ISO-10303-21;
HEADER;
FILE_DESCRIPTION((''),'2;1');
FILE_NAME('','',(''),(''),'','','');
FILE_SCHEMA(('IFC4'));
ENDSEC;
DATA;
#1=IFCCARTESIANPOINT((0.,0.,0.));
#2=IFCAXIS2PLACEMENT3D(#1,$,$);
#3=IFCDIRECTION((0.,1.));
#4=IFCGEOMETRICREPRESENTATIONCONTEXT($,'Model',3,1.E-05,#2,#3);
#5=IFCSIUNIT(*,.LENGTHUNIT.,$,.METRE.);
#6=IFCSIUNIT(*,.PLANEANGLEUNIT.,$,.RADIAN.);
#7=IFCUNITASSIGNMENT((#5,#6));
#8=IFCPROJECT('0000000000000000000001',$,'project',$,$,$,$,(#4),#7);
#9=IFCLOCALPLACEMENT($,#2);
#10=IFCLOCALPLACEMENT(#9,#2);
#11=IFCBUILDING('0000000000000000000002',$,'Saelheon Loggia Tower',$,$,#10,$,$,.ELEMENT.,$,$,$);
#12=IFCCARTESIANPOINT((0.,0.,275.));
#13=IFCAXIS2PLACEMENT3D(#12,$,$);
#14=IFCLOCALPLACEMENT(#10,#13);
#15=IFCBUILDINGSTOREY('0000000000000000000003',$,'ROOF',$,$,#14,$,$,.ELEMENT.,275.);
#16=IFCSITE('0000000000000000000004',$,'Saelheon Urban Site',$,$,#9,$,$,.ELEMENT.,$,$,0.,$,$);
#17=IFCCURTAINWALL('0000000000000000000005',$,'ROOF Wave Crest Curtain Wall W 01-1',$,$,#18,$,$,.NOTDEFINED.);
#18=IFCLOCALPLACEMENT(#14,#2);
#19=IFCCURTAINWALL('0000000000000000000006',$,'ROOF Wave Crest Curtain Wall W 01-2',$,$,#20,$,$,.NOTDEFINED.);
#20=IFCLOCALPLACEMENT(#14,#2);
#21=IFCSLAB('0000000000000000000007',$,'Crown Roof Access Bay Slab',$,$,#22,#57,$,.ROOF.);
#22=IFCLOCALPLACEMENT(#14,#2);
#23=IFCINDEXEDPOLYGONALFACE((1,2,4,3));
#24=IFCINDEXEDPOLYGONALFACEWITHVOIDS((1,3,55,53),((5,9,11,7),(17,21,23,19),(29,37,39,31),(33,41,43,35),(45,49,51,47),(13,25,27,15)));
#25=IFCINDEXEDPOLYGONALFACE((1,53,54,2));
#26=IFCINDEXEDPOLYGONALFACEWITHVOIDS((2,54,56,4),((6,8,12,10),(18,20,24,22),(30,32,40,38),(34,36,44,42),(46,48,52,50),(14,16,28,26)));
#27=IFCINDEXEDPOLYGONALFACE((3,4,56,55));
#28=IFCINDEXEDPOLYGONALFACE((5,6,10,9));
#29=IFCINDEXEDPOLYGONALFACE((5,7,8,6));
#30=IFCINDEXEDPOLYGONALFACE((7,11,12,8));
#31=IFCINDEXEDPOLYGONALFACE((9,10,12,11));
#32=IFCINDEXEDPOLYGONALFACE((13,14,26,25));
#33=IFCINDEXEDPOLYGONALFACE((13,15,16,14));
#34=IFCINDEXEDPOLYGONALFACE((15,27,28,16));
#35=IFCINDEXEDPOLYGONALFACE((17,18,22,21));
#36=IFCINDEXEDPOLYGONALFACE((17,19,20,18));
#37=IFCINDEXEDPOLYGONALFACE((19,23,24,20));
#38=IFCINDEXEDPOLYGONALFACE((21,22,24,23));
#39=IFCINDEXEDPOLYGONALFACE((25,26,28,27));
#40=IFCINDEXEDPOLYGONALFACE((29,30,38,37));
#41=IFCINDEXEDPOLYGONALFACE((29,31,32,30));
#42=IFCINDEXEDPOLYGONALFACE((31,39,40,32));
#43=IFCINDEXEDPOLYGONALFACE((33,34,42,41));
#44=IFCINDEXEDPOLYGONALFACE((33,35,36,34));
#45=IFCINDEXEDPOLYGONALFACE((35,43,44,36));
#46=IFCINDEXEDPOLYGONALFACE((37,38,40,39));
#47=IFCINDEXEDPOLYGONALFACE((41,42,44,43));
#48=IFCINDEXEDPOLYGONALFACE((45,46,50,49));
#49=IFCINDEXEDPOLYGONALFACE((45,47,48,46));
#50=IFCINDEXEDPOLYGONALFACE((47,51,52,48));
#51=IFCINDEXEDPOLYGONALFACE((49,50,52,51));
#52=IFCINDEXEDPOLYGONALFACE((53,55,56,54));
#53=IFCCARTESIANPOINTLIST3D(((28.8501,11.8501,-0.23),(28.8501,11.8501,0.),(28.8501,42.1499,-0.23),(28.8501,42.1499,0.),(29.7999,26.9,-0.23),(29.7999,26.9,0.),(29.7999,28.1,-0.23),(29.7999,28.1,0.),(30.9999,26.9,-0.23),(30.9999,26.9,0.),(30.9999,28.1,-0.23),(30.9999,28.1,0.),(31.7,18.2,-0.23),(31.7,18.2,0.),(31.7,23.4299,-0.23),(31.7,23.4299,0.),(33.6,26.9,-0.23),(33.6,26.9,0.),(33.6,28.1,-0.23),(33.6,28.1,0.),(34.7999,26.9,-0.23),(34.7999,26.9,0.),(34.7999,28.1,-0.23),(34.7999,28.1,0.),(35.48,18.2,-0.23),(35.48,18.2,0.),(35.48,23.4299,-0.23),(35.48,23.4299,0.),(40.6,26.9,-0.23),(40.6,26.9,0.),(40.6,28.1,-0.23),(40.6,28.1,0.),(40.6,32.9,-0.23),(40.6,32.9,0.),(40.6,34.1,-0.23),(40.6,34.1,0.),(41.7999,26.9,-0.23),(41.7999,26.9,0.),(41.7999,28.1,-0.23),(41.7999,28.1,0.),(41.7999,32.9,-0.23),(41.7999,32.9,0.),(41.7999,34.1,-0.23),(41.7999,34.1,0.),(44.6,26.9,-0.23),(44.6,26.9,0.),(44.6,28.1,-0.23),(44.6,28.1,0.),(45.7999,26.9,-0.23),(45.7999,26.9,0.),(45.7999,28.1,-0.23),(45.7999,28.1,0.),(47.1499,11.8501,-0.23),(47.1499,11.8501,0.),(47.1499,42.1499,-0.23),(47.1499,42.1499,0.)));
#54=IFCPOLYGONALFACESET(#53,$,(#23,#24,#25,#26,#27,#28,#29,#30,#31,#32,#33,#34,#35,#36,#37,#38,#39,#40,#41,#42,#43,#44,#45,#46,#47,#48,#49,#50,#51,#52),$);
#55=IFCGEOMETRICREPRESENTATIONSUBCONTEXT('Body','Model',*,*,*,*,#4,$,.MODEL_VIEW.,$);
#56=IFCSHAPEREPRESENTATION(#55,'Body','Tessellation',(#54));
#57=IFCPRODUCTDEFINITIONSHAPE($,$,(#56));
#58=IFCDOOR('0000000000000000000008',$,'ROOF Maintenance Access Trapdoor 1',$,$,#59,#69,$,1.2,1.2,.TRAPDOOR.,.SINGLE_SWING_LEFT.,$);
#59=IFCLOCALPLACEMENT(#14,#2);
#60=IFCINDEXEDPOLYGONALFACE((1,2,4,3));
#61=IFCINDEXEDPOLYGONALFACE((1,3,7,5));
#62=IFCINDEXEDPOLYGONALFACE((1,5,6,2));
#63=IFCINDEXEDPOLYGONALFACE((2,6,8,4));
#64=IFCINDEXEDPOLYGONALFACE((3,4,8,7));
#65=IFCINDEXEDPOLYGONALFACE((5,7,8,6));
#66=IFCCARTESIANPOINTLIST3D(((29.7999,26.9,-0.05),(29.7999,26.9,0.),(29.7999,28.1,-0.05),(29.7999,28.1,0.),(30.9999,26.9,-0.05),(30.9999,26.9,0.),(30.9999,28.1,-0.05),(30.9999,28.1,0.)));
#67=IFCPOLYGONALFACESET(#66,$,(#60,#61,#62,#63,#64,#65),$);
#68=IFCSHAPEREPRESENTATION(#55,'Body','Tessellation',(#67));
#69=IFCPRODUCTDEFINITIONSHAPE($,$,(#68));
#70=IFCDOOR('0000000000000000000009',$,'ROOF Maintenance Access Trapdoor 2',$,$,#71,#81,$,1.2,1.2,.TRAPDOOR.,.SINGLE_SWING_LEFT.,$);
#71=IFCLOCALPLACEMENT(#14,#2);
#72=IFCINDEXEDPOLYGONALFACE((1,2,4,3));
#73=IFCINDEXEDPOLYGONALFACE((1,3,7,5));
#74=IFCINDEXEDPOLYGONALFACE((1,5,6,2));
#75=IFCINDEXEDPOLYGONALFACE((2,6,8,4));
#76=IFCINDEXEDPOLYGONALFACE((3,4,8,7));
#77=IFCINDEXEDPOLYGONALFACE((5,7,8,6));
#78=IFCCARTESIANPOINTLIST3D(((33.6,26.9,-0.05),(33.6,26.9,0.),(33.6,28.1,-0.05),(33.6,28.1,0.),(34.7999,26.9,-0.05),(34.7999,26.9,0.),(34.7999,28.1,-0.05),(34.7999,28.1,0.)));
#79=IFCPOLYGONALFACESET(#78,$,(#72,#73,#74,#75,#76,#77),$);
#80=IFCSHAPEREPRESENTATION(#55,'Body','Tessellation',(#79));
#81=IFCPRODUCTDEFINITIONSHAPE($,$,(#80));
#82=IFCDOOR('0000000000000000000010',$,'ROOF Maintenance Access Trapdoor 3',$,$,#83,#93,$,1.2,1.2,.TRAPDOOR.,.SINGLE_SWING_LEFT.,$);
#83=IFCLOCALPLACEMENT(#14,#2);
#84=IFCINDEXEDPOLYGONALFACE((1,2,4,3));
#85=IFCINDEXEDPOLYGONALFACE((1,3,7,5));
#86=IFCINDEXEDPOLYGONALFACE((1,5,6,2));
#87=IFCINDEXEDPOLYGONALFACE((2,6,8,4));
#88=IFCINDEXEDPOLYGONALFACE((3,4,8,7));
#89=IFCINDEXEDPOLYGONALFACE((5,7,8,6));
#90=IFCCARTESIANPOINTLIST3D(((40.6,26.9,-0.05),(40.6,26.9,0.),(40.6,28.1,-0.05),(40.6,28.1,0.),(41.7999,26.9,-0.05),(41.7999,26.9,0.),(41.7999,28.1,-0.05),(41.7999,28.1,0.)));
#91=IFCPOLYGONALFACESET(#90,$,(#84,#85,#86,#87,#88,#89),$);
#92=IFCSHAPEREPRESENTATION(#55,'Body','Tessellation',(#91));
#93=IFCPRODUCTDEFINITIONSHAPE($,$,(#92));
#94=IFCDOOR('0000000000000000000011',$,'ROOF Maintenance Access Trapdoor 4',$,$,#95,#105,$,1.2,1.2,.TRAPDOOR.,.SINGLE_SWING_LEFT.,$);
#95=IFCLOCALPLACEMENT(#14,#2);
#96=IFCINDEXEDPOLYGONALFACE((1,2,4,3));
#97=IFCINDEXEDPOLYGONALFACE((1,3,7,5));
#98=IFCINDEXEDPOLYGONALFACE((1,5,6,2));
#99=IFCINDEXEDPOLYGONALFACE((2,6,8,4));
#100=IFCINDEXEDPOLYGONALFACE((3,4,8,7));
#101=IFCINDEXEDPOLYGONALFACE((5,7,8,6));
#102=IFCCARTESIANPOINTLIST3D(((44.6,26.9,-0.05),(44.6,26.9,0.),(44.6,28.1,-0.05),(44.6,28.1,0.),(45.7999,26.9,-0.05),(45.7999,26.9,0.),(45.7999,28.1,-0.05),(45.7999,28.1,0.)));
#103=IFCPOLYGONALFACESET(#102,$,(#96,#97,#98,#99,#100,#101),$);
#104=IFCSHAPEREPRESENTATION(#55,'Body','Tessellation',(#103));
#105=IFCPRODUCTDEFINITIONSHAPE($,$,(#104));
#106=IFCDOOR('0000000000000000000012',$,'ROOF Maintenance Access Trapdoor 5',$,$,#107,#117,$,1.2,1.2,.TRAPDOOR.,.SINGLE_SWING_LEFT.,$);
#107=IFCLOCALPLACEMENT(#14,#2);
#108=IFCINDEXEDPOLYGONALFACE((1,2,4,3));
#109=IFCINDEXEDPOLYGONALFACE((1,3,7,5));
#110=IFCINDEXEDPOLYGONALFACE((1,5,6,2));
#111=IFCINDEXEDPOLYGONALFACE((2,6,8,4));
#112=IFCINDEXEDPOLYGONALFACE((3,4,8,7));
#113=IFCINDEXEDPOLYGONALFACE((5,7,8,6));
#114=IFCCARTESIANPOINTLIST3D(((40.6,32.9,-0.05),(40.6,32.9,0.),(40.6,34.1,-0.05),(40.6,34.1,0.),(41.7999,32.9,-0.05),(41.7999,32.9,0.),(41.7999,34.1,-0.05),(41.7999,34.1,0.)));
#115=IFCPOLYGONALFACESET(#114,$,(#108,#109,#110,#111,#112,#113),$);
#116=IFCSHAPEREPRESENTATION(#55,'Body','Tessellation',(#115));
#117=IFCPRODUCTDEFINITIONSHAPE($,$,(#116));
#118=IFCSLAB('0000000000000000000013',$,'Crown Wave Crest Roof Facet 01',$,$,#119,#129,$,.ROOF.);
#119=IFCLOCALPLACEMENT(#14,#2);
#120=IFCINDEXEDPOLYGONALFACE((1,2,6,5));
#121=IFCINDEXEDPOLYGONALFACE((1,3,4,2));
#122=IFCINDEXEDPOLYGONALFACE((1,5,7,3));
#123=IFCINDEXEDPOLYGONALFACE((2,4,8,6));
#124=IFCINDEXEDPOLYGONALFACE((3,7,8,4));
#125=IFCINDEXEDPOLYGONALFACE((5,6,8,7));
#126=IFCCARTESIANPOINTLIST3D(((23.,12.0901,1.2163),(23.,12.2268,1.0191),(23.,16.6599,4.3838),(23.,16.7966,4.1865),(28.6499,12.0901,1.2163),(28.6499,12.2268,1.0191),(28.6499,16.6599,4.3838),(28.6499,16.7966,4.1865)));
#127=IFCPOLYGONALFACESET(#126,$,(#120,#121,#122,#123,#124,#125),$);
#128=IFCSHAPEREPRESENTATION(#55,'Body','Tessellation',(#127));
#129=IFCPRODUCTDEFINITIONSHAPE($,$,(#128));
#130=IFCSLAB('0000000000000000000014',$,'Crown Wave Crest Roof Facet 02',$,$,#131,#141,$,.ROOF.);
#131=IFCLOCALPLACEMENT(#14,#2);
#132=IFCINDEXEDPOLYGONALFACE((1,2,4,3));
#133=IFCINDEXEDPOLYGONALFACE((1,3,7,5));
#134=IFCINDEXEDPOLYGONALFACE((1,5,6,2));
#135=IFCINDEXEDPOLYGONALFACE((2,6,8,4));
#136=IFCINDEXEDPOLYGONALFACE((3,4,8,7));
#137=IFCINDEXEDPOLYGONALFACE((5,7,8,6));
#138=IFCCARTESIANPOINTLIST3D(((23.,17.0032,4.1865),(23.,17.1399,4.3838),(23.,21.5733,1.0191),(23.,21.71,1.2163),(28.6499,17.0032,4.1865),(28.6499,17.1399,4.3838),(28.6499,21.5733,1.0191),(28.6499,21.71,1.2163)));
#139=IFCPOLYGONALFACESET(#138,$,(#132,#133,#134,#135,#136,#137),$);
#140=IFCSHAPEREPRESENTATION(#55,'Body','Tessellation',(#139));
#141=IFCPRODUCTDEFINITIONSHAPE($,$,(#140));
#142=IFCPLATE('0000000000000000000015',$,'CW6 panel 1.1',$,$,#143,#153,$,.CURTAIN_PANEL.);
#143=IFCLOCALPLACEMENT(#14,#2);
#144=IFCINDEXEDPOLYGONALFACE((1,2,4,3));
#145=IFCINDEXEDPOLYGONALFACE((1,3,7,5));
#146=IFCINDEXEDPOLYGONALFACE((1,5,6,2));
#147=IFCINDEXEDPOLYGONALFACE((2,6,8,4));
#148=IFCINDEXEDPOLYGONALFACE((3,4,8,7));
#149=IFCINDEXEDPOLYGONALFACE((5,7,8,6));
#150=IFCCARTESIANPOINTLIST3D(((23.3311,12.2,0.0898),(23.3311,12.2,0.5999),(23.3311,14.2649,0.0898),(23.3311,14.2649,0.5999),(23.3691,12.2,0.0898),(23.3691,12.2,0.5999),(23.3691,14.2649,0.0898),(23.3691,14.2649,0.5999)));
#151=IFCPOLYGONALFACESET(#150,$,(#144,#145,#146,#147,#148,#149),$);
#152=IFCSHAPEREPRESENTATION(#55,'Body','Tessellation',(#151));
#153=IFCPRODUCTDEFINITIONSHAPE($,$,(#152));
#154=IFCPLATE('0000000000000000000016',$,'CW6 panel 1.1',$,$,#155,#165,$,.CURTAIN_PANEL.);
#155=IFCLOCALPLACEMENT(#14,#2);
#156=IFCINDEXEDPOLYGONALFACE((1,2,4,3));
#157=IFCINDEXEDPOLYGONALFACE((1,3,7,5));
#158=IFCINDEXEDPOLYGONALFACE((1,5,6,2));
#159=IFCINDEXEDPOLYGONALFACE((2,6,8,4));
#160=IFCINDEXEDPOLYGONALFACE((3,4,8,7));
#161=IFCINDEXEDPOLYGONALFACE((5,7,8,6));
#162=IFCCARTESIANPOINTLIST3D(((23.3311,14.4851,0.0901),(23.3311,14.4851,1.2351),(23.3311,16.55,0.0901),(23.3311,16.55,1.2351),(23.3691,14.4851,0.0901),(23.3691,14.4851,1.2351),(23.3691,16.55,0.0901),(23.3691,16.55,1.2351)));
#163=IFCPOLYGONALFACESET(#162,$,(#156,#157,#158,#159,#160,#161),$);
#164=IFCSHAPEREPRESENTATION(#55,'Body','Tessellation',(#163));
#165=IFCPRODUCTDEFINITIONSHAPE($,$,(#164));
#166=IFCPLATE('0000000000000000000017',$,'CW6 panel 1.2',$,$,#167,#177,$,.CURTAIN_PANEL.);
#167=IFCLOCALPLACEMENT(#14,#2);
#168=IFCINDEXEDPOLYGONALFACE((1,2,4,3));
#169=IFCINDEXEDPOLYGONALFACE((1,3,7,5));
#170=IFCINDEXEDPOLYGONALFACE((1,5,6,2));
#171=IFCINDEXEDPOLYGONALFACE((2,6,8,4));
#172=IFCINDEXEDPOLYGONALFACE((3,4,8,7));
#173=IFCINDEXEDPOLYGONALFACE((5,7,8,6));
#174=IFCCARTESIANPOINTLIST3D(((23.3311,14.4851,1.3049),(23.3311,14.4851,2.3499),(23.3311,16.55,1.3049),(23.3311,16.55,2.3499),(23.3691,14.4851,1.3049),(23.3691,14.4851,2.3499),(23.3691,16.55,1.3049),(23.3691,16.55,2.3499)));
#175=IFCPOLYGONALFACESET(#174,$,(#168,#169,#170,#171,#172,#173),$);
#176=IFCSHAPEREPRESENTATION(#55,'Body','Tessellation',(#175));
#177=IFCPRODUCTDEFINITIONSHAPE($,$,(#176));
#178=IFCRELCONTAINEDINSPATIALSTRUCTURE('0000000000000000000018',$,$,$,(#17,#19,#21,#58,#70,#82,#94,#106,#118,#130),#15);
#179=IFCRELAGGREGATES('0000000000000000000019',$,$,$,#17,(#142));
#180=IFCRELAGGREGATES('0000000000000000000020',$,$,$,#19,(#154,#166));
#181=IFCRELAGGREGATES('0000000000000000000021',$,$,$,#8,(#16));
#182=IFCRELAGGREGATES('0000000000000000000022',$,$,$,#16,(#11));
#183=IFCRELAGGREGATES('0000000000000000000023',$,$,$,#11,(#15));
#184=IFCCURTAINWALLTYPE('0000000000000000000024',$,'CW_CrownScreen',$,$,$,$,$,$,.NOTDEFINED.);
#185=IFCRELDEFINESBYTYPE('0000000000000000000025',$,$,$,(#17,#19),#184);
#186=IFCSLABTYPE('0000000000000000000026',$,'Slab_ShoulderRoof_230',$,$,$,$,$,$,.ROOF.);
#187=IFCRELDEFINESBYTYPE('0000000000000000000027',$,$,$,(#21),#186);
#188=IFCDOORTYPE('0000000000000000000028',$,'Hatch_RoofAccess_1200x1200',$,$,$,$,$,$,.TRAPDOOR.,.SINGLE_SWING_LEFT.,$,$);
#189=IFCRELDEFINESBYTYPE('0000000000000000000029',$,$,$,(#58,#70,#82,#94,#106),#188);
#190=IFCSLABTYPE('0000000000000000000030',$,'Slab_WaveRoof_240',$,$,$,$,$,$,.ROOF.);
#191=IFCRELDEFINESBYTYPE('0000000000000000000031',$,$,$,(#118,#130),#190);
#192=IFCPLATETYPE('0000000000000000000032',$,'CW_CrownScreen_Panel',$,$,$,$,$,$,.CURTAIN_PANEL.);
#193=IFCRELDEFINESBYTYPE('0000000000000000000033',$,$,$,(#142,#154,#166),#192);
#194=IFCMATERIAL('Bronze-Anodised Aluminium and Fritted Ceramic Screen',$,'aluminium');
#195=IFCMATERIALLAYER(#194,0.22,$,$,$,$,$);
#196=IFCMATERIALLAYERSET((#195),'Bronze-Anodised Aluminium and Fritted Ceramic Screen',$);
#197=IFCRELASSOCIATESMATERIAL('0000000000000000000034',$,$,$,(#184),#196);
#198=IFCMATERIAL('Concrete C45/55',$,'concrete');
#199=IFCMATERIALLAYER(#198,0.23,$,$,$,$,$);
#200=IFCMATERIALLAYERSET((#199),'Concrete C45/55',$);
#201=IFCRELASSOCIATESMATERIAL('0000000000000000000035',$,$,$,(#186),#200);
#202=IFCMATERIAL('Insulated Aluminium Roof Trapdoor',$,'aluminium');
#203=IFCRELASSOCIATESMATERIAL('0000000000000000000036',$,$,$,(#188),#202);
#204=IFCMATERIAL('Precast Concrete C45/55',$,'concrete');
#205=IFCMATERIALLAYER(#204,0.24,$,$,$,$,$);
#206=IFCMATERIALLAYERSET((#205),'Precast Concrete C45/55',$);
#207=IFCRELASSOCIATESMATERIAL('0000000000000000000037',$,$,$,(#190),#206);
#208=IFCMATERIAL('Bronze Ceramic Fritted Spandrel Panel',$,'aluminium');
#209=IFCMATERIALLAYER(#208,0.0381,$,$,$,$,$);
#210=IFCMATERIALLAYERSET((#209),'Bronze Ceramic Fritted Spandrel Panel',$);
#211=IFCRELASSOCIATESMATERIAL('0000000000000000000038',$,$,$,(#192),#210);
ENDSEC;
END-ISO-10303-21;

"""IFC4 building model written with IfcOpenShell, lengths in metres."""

from ifc_helpers import new_model, si_unit, direction, frame, origin, origin_2d, place, context, subcontext, project, spatial, polyline, rectangle, outline, extrude, source, transform, mapped, material, layer, layer_set, type_object, element, fill, aggregate, save


model = new_model("IFC4")

# Units and contexts
model_context = context("Model", 3, precision=1e-05, world=origin(), true_north=direction((0.0, 1.0)))
body_context = subcontext(model_context, "Body", "Model", "MODEL_VIEW")
ifc_project = project(units=[si_unit("LENGTHUNIT", "METRE"), si_unit("PLANEANGLEUNIT", "RADIAN")], contexts=[model_context])

# Site, building, storey
site_placement = place(None, origin())
site = spatial("IfcSite", under=ifc_project, at=site_placement, Name="Saelheon Urban Site", CompositionType="ELEMENT", RefElevation=0.0)
building_placement = place(site_placement, origin())
building = spatial("IfcBuilding", under=site, at=building_placement, Name="Saelheon Loggia Tower", CompositionType="ELEMENT")
storey_placement = place(building_placement, frame((0.0, 0.0, 275.0)))
storey = spatial("IfcBuildingStorey", under=building, at=storey_placement, Name="ROOF", CompositionType="ELEMENT", Elevation=275.0)

# Curtain walls
ifc_material_1 = material(Name="Bronze-Anodised Aluminium and Fritted Ceramic Screen", Category="aluminium")
ifc_layer_1 = layer(ifc_material_1, 0.22)
ifc_layer_set_1 = layer_set([ifc_layer_1], Name="Bronze-Anodised Aluminium and Fritted Ceramic Screen")
curtain_wall_type = type_object("IfcCurtainWallType", Name="CW_CrownScreen", PredefinedType="NOTDEFINED", material=ifc_layer_set_1)
curtain_wall_1_placement = place(storey_placement, origin())
curtain_wall_1 = element("IfcCurtainWall", 1, at=curtain_wall_1_placement, inside=storey, type_object=curtain_wall_type, Name="ROOF Wave Crest Curtain Wall W 01-1", PredefinedType="NOTDEFINED")
curtain_wall_2_placement = place(storey_placement, origin())
curtain_wall_2 = element("IfcCurtainWall", 2, at=curtain_wall_2_placement, inside=storey, type_object=curtain_wall_type, Name="ROOF Wave Crest Curtain Wall W 01-2", PredefinedType="NOTDEFINED")

# Slab, openings, doors
ifc_material_2 = material(Name="Concrete C45/55", Category="concrete")
ifc_layer_2 = layer(ifc_material_2, 0.23)
ifc_layer_set_2 = layer_set([ifc_layer_2], Name="Concrete C45/55")
slab_type_1 = type_object("IfcSlabType", Name="Slab_ShoulderRoof_230", PredefinedType="ROOF", material=ifc_layer_set_2)
slab_1_placement = place(storey_placement, frame((0.0, 0.0, -0.23)))
slab_1 = element("IfcSlab", 3, at=slab_1_placement, inside=storey, type_object=slab_type_1, Name="Crown Roof Access Bay Slab", PredefinedType="ROOF", context=body_context, shape_type="SweptSolid", body=[
    extrude(outline(polyline([(28.8501, 11.8501), (47.1499, 11.8501), (47.1499, 42.1499), (28.8501, 42.1499), (28.8501, 11.8501)]), holes=[polyline([(31.7, 23.4299), (31.7, 18.2), (35.48, 18.2), (35.48, 23.4299), (31.7, 23.4299)])]), origin(), (0.0, 0.0, 1.0), 0.23),
])
opening_1_placement = place(slab_1_placement, frame((30.3999, 27.5, 0.0)))
opening_1 = element("IfcOpeningElement", 4, at=opening_1_placement, cuts=slab_1, PredefinedType="OPENING", context=body_context, shape_type="SweptSolid", body=[
    extrude(rectangle(XDim=1.2, YDim=1.2, at=origin_2d()), frame((0.0, 0.0, -0.012)), (0.0, 0.0, 1.0), 0.2539),
])
opening_2_placement = place(slab_1_placement, frame((34.2, 27.5, 0.0)))
opening_2 = element("IfcOpeningElement", 5, at=opening_2_placement, cuts=slab_1, PredefinedType="OPENING", context=body_context, shape_type="SweptSolid", body=[
    extrude(rectangle(XDim=1.2, YDim=1.2, at=origin_2d()), frame((0.0, 0.0, -0.012)), (0.0, 0.0, 1.0), 0.2539),
])
opening_3_placement = place(slab_1_placement, frame((41.2, 27.5, 0.0)))
opening_3 = element("IfcOpeningElement", 6, at=opening_3_placement, cuts=slab_1, PredefinedType="OPENING", context=body_context, shape_type="SweptSolid", body=[
    extrude(rectangle(XDim=1.2, YDim=1.2, at=origin_2d()), frame((0.0, 0.0, -0.012)), (0.0, 0.0, 1.0), 0.2539),
])
opening_4_placement = place(slab_1_placement, frame((45.2, 27.5, 0.0)))
opening_4 = element("IfcOpeningElement", 7, at=opening_4_placement, cuts=slab_1, PredefinedType="OPENING", context=body_context, shape_type="SweptSolid", body=[
    extrude(rectangle(XDim=1.2, YDim=1.2, at=origin_2d()), frame((0.0, 0.0, -0.012)), (0.0, 0.0, 1.0), 0.2539),
])
opening_5_placement = place(slab_1_placement, frame((41.2, 33.5, 0.0)))
opening_5 = element("IfcOpeningElement", 8, at=opening_5_placement, cuts=slab_1, PredefinedType="OPENING", context=body_context, shape_type="SweptSolid", body=[
    extrude(rectangle(XDim=1.2, YDim=1.2, at=origin_2d()), frame((0.0, 0.0, -0.012)), (0.0, 0.0, 1.0), 0.2539),
])
ifc_material_3 = material(Name="Insulated Aluminium Roof Trapdoor", Category="aluminium")
door_type = type_object("IfcDoorType", Name="Hatch_RoofAccess_1200x1200", OperationType="SINGLE_SWING_LEFT", PredefinedType="TRAPDOOR", material=ifc_material_3)
door_1_placement = place(opening_1_placement, frame((0.0, 0.0, 0.1799)))
door_1 = element("IfcDoor", 9, at=door_1_placement, inside=storey, type_object=door_type, Name="ROOF Maintenance Access Trapdoor 1", OperationType="SINGLE_SWING_LEFT", OverallHeight=1.2, OverallWidth=1.2, PredefinedType="TRAPDOOR", context=body_context, shape_type="SweptSolid", body=[
    extrude(rectangle(XDim=1.2, YDim=1.2, at=origin_2d()), origin(), (0.0, 0.0, 1.0), 0.05),
])
fill(opening_1, door_1)
door_2_placement = place(opening_2_placement, frame((0.0, 0.0, 0.1799)))
door_2 = element("IfcDoor", 10, at=door_2_placement, inside=storey, type_object=door_type, Name="ROOF Maintenance Access Trapdoor 2", OperationType="SINGLE_SWING_LEFT", OverallHeight=1.2, OverallWidth=1.2, PredefinedType="TRAPDOOR", context=body_context, shape_type="SweptSolid", body=[
    extrude(rectangle(XDim=1.2, YDim=1.2, at=origin_2d()), origin(), (0.0, 0.0, 1.0), 0.05),
])
fill(opening_2, door_2)
door_3_placement = place(opening_3_placement, frame((0.0, 0.0, 0.1799)))
door_3 = element("IfcDoor", 11, at=door_3_placement, inside=storey, type_object=door_type, Name="ROOF Maintenance Access Trapdoor 3", OperationType="SINGLE_SWING_LEFT", OverallHeight=1.2, OverallWidth=1.2, PredefinedType="TRAPDOOR", context=body_context, shape_type="SweptSolid", body=[
    extrude(rectangle(XDim=1.2, YDim=1.2, at=origin_2d()), origin(), (0.0, 0.0, 1.0), 0.05),
])
fill(opening_3, door_3)
door_4_placement = place(opening_4_placement, frame((0.0, 0.0, 0.1799)))
door_4 = element("IfcDoor", 12, at=door_4_placement, inside=storey, type_object=door_type, Name="ROOF Maintenance Access Trapdoor 4", OperationType="SINGLE_SWING_LEFT", OverallHeight=1.2, OverallWidth=1.2, PredefinedType="TRAPDOOR", context=body_context, shape_type="SweptSolid", body=[
    extrude(rectangle(XDim=1.2, YDim=1.2, at=origin_2d()), origin(), (0.0, 0.0, 1.0), 0.05),
])
fill(opening_4, door_4)
door_5_placement = place(opening_5_placement, frame((0.0, 0.0, 0.1799)))
door_5 = element("IfcDoor", 13, at=door_5_placement, inside=storey, type_object=door_type, Name="ROOF Maintenance Access Trapdoor 5", OperationType="SINGLE_SWING_LEFT", OverallHeight=1.2, OverallWidth=1.2, PredefinedType="TRAPDOOR", context=body_context, shape_type="SweptSolid", body=[
    extrude(rectangle(XDim=1.2, YDim=1.2, at=origin_2d()), origin(), (0.0, 0.0, 1.0), 0.05),
])
fill(opening_5, door_5)

# Slabs
ifc_material_4 = material(Name="Precast Concrete C45/55", Category="concrete")
ifc_layer_3 = layer(ifc_material_4, 0.24)
ifc_layer_set_3 = layer_set([ifc_layer_3], Name="Precast Concrete C45/55")
slab_type_2 = type_object("IfcSlabType", Name="Slab_WaveRoof_240", PredefinedType="ROOF", material=ifc_layer_set_3)
slab_2_placement = place(storey_placement, frame((23.0, 12.0901, 1.2163), z_axis=(0.0, -0.569667, 0.821876), x_axis=(1.0, 0.0, 0.0)))
element("IfcSlab", 14, at=slab_2_placement, inside=storey, type_object=slab_type_2, Name="Crown Wave Crest Roof Facet 01", PredefinedType="ROOF", context=body_context, shape_type="SweptSolid", body=[
    extrude(outline(polyline([(0.0, 0.0), (5.6499, 0.0), (5.6499, 5.5602), (0.0, 5.5602), (0.0, 0.0)])), origin(), (0.0, 0.0, -1.0), 0.24),
])
slab_3_placement = place(storey_placement, frame((23.0, 17.1399, 4.3838), z_axis=(0.0, 0.569646, 0.82189), x_axis=(1.0, 0.0, 0.0)))
element("IfcSlab", 15, at=slab_3_placement, inside=storey, type_object=slab_type_2, Name="Crown Wave Crest Roof Facet 02", PredefinedType="ROOF", context=body_context, shape_type="SweptSolid", body=[
    extrude(outline(polyline([(0.0, 0.0), (5.6499, 0.0), (5.6499, 5.5604), (0.0, 5.5604), (0.0, 0.0)])), origin(), (0.0, 0.0, -1.0), 0.24),
])

# Plates
ifc_material_5 = material(Name="Bronze Ceramic Fritted Spandrel Panel", Category="aluminium")
ifc_layer_4 = layer(ifc_material_5, 0.0381)
ifc_layer_set_4 = layer_set([ifc_layer_4], Name="Bronze Ceramic Fritted Spandrel Panel")
plate_type = type_object("IfcPlateType", Name="CW_CrownScreen_Panel", PredefinedType="CURTAIN_PANEL", material=ifc_layer_set_4)
shared_shape_1 = source(origin(), body_context, "Body", "SweptSolid", [
    extrude(rectangle(XDim=2.0649, YDim=0.0381, at=origin_2d()), origin(), (0.0, 0.0, 1.0), 0.51),
])
plate_1_placement = place(storey_placement, frame((23.3501, 13.2324, 0.0898), z_axis=(0.0, 0.0, 1.0), x_axis=(0.0, 1.0, 0.0)))
plate_1 = element("IfcPlate", 16, at=plate_1_placement, type_object=plate_type, Name="CW6 panel 1.1", PredefinedType="CURTAIN_PANEL", context=body_context, shape_type="MappedRepresentation", body=[
    mapped(shared_shape_1, transform((0.0, 0.0, 0.0), scale=1.0)),
])
aggregate(curtain_wall_1, [plate_1])
shared_shape_2 = source(origin(), body_context, "Body", "SweptSolid", [
    extrude(rectangle(XDim=2.0649, YDim=0.0381, at=origin_2d()), origin(), (0.0, 0.0, 1.0), 1.145),
])
plate_2_placement = place(storey_placement, frame((23.3501, 15.5176, 0.0901), z_axis=(0.0, 0.0, 1.0), x_axis=(0.0, 1.0, 0.0)))
plate_2 = element("IfcPlate", 17, at=plate_2_placement, type_object=plate_type, Name="CW6 panel 1.1", PredefinedType="CURTAIN_PANEL", context=body_context, shape_type="MappedRepresentation", body=[
    mapped(shared_shape_2, transform((0.0, 0.0, 0.0), scale=1.0)),
])
shared_shape_3 = source(origin(), body_context, "Body", "SweptSolid", [
    extrude(rectangle(XDim=2.0649, YDim=0.0381, at=origin_2d()), origin(), (0.0, 0.0, 1.0), 1.0449),
])
plate_3_placement = place(storey_placement, frame((23.3501, 15.5176, 1.3049), z_axis=(0.0, 0.0, 1.0), x_axis=(0.0, 1.0, 0.0)))
plate_3 = element("IfcPlate", 18, at=plate_3_placement, type_object=plate_type, Name="CW6 panel 1.2", PredefinedType="CURTAIN_PANEL", context=body_context, shape_type="MappedRepresentation", body=[
    mapped(shared_shape_3, transform((0.0, 0.0, 0.0), scale=1.0)),
])
aggregate(curtain_wall_2, [plate_2, plate_3])

save(model, "model.ifc")
